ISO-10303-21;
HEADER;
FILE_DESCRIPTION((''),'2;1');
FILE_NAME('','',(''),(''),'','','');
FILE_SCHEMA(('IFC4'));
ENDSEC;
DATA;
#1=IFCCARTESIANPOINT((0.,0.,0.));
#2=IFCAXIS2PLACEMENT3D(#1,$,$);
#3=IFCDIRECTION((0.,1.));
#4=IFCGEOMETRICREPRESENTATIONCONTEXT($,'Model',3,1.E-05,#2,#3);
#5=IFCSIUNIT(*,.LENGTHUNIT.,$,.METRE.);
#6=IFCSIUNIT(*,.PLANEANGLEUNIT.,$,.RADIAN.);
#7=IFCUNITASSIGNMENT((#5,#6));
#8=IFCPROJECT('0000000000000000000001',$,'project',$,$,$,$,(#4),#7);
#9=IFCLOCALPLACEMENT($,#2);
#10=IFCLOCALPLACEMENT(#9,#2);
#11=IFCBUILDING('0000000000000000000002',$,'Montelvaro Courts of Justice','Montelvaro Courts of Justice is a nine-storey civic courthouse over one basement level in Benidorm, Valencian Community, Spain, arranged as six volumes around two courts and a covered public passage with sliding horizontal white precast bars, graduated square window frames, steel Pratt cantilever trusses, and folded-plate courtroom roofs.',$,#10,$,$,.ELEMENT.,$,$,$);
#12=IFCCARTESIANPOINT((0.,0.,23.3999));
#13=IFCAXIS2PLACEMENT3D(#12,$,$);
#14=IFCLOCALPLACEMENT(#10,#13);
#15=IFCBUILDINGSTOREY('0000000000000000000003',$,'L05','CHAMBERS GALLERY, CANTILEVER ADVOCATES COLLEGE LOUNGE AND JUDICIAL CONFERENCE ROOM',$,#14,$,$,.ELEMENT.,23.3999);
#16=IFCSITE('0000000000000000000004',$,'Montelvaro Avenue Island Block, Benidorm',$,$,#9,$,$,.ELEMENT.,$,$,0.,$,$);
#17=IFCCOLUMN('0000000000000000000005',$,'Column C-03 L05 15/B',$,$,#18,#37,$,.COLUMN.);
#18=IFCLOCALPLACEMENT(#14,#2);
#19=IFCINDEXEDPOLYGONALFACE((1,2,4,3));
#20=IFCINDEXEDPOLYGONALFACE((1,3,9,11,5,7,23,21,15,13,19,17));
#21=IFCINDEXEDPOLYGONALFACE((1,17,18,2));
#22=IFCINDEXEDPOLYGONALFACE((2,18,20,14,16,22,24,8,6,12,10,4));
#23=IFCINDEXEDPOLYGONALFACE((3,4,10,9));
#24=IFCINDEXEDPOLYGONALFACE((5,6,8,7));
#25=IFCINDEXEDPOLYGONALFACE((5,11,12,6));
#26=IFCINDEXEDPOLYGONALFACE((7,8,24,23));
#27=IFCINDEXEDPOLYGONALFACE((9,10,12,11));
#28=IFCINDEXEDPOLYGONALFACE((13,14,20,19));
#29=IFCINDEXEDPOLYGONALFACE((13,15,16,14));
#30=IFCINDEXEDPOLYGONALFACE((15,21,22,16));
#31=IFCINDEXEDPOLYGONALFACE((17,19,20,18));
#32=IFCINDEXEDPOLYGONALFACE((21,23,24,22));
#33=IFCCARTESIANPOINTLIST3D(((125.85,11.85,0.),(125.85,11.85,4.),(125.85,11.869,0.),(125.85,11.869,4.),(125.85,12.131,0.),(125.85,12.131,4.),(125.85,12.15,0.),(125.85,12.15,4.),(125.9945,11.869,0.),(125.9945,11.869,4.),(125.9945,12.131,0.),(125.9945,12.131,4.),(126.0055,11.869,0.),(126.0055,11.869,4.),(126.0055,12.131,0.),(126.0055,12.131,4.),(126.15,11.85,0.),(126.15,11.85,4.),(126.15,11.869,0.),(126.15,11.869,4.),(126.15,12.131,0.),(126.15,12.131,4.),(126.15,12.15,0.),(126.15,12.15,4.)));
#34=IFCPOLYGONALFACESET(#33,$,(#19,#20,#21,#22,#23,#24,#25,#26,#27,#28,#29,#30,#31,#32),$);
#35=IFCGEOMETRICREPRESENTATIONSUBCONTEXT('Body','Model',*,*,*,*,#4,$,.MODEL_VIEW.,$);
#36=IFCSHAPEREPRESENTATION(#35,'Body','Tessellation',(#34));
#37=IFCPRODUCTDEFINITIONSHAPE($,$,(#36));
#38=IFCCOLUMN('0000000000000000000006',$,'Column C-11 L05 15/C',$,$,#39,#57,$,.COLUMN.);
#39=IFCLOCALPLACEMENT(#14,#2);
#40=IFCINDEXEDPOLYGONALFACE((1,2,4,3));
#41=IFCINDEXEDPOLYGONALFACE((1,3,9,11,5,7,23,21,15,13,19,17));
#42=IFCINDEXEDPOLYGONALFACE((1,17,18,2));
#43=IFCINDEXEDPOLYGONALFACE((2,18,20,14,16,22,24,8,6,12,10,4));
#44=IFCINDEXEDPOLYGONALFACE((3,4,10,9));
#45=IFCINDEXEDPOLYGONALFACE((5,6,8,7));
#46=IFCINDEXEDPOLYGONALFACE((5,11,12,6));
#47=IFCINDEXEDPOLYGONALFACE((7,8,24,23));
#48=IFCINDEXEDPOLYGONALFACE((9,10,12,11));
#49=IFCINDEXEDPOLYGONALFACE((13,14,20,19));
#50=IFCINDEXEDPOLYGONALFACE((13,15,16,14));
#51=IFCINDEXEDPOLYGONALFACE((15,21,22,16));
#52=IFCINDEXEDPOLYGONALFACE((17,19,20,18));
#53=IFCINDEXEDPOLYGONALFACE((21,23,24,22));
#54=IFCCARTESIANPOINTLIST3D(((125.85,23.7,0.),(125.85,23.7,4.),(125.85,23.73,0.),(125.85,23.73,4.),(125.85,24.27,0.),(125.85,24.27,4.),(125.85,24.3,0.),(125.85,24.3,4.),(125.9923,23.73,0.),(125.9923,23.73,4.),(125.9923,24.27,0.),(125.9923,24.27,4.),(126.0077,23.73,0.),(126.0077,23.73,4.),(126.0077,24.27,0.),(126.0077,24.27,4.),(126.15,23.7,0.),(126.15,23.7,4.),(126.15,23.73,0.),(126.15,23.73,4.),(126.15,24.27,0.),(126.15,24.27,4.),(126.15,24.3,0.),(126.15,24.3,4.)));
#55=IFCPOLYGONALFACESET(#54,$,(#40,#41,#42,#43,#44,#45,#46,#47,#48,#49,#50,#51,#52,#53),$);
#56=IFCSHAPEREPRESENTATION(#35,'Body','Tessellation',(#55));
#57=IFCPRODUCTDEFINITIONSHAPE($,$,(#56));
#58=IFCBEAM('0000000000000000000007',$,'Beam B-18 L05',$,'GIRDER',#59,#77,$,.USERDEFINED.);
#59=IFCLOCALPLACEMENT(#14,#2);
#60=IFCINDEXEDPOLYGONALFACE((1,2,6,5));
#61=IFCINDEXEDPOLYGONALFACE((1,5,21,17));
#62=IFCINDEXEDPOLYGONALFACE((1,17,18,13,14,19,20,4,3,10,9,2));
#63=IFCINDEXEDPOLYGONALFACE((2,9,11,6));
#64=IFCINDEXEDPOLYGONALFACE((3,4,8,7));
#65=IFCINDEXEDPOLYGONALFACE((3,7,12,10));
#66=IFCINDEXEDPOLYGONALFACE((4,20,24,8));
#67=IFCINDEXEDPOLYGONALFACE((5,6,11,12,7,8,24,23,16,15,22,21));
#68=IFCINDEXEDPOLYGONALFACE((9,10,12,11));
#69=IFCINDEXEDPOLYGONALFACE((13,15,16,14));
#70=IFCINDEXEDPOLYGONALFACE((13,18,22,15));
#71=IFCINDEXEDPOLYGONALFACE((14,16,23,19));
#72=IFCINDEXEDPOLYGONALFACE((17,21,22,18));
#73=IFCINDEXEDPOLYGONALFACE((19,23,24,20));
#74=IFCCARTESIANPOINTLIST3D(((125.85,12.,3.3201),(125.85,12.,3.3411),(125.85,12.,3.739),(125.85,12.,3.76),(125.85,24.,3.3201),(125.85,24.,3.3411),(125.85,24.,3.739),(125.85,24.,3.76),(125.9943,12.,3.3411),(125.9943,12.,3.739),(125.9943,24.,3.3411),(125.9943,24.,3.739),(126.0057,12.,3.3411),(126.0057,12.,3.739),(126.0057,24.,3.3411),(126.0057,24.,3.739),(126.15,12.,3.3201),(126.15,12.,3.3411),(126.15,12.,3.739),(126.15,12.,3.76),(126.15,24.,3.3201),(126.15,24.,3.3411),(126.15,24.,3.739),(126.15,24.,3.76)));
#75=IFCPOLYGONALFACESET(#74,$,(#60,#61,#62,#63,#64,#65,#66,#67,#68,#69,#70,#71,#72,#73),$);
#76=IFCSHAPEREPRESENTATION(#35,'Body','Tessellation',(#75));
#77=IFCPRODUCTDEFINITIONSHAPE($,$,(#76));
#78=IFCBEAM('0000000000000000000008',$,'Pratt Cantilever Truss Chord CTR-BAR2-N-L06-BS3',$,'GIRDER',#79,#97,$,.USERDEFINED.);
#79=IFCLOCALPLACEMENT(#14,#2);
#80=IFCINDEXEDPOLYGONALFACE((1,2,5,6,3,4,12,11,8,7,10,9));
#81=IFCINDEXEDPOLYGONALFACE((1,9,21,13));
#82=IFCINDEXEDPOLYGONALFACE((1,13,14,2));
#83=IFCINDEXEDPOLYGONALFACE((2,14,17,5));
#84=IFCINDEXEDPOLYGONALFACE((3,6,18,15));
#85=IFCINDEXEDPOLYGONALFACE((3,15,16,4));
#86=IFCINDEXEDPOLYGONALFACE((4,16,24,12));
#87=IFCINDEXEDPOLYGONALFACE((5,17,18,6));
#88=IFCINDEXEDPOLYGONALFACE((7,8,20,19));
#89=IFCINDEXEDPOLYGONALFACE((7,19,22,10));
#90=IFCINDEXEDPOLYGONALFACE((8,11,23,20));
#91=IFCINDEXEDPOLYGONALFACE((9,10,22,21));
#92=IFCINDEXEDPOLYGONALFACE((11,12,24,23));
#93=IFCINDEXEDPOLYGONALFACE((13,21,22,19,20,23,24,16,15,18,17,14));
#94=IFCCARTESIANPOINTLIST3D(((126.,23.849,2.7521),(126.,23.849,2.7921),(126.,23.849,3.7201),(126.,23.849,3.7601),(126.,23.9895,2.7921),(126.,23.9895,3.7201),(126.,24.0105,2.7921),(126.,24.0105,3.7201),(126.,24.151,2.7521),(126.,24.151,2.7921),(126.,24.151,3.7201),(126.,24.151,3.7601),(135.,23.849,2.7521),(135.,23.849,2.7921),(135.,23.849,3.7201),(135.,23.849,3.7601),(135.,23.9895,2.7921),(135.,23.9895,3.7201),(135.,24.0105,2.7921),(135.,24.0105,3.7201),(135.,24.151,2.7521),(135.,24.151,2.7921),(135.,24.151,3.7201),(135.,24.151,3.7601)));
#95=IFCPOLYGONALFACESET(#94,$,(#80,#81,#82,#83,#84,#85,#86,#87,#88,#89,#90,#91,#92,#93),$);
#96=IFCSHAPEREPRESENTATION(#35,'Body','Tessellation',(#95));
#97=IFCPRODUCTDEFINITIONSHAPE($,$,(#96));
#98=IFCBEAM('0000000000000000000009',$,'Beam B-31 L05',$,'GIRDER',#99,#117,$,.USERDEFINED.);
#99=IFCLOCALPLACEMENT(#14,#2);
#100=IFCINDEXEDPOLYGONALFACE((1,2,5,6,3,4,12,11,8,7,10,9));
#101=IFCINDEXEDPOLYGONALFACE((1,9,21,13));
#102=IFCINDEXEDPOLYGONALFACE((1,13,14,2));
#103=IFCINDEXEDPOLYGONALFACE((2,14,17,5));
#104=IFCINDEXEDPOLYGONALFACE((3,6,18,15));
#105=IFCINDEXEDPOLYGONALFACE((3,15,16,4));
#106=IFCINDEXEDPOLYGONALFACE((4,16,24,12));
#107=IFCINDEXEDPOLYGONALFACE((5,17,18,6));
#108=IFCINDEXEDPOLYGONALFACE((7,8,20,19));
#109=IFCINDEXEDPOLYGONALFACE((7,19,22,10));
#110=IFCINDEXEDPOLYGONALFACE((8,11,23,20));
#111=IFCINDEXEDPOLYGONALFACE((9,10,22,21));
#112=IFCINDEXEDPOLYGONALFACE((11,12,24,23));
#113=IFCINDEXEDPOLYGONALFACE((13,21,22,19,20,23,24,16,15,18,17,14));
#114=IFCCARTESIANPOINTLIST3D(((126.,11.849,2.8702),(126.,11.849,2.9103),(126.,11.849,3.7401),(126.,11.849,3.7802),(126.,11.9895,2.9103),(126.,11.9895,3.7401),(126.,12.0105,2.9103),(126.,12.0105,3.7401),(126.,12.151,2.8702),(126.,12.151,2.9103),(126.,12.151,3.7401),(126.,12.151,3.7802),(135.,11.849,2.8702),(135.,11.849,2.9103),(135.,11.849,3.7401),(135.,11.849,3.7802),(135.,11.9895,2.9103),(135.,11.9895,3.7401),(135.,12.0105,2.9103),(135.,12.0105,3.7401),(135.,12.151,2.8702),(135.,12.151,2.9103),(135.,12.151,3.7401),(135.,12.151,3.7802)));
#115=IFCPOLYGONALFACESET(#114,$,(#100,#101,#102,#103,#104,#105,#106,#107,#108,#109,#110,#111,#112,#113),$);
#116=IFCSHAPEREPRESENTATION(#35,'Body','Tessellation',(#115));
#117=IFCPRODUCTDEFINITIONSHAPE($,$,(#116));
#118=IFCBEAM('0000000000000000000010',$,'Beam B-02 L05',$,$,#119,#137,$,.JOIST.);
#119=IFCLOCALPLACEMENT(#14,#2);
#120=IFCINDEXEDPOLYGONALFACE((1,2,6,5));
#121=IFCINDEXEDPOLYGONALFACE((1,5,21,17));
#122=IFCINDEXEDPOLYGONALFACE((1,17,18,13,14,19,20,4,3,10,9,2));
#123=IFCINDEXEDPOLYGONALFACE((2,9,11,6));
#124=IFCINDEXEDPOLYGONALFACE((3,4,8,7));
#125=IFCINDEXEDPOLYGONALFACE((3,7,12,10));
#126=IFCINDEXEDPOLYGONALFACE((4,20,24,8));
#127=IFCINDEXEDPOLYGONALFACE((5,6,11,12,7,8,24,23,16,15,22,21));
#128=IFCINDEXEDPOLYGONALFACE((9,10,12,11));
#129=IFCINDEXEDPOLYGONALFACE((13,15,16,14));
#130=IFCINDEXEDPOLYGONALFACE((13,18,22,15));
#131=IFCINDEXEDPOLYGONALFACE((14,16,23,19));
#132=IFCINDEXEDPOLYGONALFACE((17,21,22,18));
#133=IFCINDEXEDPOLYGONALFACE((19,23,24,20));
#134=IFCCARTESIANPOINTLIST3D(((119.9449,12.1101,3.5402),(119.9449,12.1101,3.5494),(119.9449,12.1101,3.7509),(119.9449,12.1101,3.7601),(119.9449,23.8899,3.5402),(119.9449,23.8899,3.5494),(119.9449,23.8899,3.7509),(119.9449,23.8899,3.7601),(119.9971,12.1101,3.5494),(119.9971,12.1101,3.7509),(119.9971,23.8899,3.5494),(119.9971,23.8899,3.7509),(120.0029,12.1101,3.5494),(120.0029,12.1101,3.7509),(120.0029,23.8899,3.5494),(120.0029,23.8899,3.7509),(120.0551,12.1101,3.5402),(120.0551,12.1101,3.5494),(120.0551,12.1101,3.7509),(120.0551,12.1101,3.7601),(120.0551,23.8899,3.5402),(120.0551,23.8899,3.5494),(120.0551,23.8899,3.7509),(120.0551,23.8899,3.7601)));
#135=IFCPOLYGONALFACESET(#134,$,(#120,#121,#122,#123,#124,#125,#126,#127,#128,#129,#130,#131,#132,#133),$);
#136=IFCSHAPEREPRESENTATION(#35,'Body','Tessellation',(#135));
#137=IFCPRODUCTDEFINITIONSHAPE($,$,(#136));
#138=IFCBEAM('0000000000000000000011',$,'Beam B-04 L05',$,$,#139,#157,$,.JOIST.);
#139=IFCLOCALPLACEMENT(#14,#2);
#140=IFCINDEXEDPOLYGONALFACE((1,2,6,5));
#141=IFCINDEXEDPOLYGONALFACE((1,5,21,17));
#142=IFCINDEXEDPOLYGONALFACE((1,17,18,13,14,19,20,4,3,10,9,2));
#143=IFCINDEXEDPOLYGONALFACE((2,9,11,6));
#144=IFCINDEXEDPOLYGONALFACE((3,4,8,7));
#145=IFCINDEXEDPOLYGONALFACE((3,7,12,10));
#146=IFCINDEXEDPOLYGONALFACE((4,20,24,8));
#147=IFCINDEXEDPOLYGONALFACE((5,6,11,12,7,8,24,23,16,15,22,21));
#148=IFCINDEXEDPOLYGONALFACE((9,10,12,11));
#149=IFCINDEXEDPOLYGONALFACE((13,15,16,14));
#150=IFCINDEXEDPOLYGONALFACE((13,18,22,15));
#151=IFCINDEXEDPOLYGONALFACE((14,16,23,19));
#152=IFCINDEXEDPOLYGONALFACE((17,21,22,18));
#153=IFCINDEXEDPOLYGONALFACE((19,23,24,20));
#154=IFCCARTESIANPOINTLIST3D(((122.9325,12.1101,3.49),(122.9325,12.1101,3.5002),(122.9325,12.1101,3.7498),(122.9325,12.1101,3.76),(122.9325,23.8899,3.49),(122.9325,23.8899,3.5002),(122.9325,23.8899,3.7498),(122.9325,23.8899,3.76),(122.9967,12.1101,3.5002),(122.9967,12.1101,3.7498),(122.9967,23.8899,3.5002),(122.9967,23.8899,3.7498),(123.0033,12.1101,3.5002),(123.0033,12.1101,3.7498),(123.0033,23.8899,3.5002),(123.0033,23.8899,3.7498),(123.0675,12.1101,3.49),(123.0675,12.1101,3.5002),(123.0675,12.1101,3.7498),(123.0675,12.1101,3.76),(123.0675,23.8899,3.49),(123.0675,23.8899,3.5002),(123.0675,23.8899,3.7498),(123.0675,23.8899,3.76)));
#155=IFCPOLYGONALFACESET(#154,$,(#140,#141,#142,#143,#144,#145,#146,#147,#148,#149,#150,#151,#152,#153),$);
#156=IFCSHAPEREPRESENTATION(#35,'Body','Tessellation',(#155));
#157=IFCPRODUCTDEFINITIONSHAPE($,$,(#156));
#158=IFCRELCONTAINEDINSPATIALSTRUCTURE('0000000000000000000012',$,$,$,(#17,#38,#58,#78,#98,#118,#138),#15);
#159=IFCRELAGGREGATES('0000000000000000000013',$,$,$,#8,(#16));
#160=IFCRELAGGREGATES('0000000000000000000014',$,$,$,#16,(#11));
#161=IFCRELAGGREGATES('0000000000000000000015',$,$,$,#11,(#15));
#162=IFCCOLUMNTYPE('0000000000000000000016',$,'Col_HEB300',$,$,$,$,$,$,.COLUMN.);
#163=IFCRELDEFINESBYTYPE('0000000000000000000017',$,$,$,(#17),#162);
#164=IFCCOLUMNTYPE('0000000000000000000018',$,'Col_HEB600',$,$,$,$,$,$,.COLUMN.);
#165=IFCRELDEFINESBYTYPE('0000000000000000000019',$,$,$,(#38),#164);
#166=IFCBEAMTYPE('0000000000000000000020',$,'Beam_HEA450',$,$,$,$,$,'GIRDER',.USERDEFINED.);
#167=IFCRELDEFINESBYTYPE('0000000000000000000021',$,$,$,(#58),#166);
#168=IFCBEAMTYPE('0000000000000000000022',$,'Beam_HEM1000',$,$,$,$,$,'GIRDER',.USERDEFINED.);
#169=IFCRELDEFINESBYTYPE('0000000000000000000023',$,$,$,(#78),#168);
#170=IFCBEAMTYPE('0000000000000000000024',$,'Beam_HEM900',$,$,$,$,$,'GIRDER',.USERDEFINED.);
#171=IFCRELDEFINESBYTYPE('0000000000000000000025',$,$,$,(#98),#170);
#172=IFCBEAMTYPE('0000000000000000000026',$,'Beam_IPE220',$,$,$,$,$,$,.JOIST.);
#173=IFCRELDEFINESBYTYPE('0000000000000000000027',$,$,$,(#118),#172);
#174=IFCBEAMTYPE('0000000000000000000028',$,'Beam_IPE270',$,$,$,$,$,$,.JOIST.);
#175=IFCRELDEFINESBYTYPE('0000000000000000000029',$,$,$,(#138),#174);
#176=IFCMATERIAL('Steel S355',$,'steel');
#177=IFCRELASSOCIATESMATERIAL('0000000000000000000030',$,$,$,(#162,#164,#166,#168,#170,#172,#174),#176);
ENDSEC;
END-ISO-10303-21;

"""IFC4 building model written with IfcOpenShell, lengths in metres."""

from ifc_helpers import new_model, si_unit, direction, frame, origin, origin_2d, place, context, subcontext, project, spatial, i_section, extrude, material, material_profile, profile_set, type_object, element, save


model = new_model("IFC4")

# Units and contexts
model_context = context("Model", 3, precision=1e-05, world=origin(), true_north=direction((0.0, 1.0)))
body_context = subcontext(model_context, "Body", "Model", "MODEL_VIEW")
ifc_project = project(units=[si_unit("LENGTHUNIT", "METRE"), si_unit("PLANEANGLEUNIT", "RADIAN")], contexts=[model_context])

# Site, building, storey
site_placement = place(None, origin())
site = spatial("IfcSite", under=ifc_project, at=site_placement, Name="Montelvaro Avenue Island Block, Benidorm", CompositionType="ELEMENT", RefElevation=0.0)
building_placement = place(site_placement, origin())
building = spatial("IfcBuilding", under=site, at=building_placement, Name="Montelvaro Courts of Justice", Description="Montelvaro Courts of Justice is a nine-storey civic courthouse over one basement level in Benidorm, Valencian Community, Spain, arranged as six volumes around two courts and a covered public passage with sliding horizontal white precast bars, graduated square window frames, steel Pratt cantilever trusses, and folded-plate courtroom roofs.", CompositionType="ELEMENT")
storey_placement = place(building_placement, frame((0.0, 0.0, 23.3999)))
storey = spatial("IfcBuildingStorey", under=building, at=storey_placement, Name="L05", Description="CHAMBERS GALLERY, CANTILEVER ADVOCATES COLLEGE LOUNGE AND JUDICIAL CONFERENCE ROOM", CompositionType="ELEMENT", Elevation=23.3999)

# Columns
ifc_material_1 = material(Name="Steel S355", Category="steel")
ifc_material_profile_1 = material_profile(ifc_material_1, i_section(OverallWidth=0.3, OverallDepth=0.3, WebThickness=0.011, FlangeThickness=0.019, at=origin_2d()), Name="HEB 300")
ifc_profile_set_1 = profile_set([ifc_material_profile_1], Name="Steel S355")
column_type_1 = type_object("IfcColumnType", Name="Col_HEB300", PredefinedType="COLUMN", material=ifc_profile_set_1)
column_1_placement = place(storey_placement, frame((126.0, 12.0, 0.0), z_axis=(0.0, 0.0, 1.0), x_axis=(1.0, 0.0, 0.0)))
element("IfcColumn", 1, at=column_1_placement, inside=storey, type_object=column_type_1, Name="Column C-03 L05 15/B", PredefinedType="COLUMN", context=body_context, shape_type="SweptSolid", body=[
    extrude(i_section(OverallWidth=0.3, OverallDepth=0.3, WebThickness=0.011, FlangeThickness=0.019, at=origin_2d()), origin(), (0.0, 0.0, 1.0), 4.0),
])
ifc_material_profile_2 = material_profile(ifc_material_1, i_section(OverallWidth=0.3, OverallDepth=0.6001, WebThickness=0.0154, FlangeThickness=0.03, at=origin_2d()), Name="HEB 600")
ifc_profile_set_2 = profile_set([ifc_material_profile_2], Name="Steel S355")
column_type_2 = type_object("IfcColumnType", Name="Col_HEB600", PredefinedType="COLUMN", material=ifc_profile_set_2)
column_2_placement = place(storey_placement, frame((126.0, 24.0, 0.0), z_axis=(0.0, 0.0, 1.0), x_axis=(1.0, 0.0, 0.0)))
element("IfcColumn", 2, at=column_2_placement, inside=storey, type_object=column_type_2, Name="Column C-11 L05 15/C", PredefinedType="COLUMN", context=body_context, shape_type="SweptSolid", body=[
    extrude(i_section(OverallWidth=0.3, OverallDepth=0.6001, WebThickness=0.0154, FlangeThickness=0.03, at=origin_2d()), origin(), (0.0, 0.0, 1.0), 4.0),
])

# Beams
ifc_material_profile_3 = material_profile(ifc_material_1, i_section(OverallWidth=0.3, OverallDepth=0.4399, WebThickness=0.0115, FlangeThickness=0.021, at=origin_2d()), Name="HEA 450")
ifc_profile_set_3 = profile_set([ifc_material_profile_3], Name="Steel S355")
beam_type_1 = type_object("IfcBeamType", Name="Beam_HEA450", ElementType="GIRDER", PredefinedType="USERDEFINED", material=ifc_profile_set_3)
beam_1_placement = place(storey_placement, frame((126.0, 12.0, 3.54), z_axis=(0.0, 1.0, 0.0), x_axis=(-1.0, 0.0, 0.0)))
element("IfcBeam", 3, at=beam_1_placement, inside=storey, type_object=beam_type_1, Name="Beam B-18 L05", ObjectType="GIRDER", PredefinedType="USERDEFINED", context=body_context, shape_type="SweptSolid", body=[
    extrude(i_section(OverallWidth=0.3, OverallDepth=0.4399, WebThickness=0.0115, FlangeThickness=0.021, at=origin_2d()), origin(), (0.0, 0.0, 1.0), 12.0),
])
ifc_material_profile_4 = material_profile(ifc_material_1, i_section(OverallWidth=0.302, OverallDepth=1.0081, WebThickness=0.021, FlangeThickness=0.04, at=origin_2d()), Name="HEM 1000")
ifc_profile_set_4 = profile_set([ifc_material_profile_4], Name="Steel S355")
beam_type_2 = type_object("IfcBeamType", Name="Beam_HEM1000", ElementType="GIRDER", PredefinedType="USERDEFINED", material=ifc_profile_set_4)
beam_2_placement = place(storey_placement, frame((126.0, 24.0, 3.2561), z_axis=(1.0, 0.0, 0.0), x_axis=(0.0, 1.0, 0.0)))
element("IfcBeam", 4, at=beam_2_placement, inside=storey, type_object=beam_type_2, Name="Pratt Cantilever Truss Chord CTR-BAR2-N-L06-BS3", ObjectType="GIRDER", PredefinedType="USERDEFINED", context=body_context, shape_type="SweptSolid", body=[
    extrude(i_section(OverallWidth=0.302, OverallDepth=1.0081, WebThickness=0.021, FlangeThickness=0.04, at=origin_2d()), origin(), (0.0, 0.0, 1.0), 9.0),
])
ifc_material_profile_5 = material_profile(ifc_material_1, i_section(OverallWidth=0.302, OverallDepth=0.9099, WebThickness=0.021, FlangeThickness=0.04, at=origin_2d()), Name="HEM 900")
ifc_profile_set_5 = profile_set([ifc_material_profile_5], Name="Steel S355")
beam_type_3 = type_object("IfcBeamType", Name="Beam_HEM900", ElementType="GIRDER", PredefinedType="USERDEFINED", material=ifc_profile_set_5)
beam_3_placement = place(storey_placement, frame((126.0, 12.0, 3.3252), z_axis=(1.0, 0.0, 0.0), x_axis=(0.0, 1.0, 0.0)))
element("IfcBeam", 5, at=beam_3_placement, inside=storey, type_object=beam_type_3, Name="Beam B-31 L05", ObjectType="GIRDER", PredefinedType="USERDEFINED", context=body_context, shape_type="SweptSolid", body=[
    extrude(i_section(OverallWidth=0.302, OverallDepth=0.9099, WebThickness=0.021, FlangeThickness=0.04, at=origin_2d()), origin(), (0.0, 0.0, 1.0), 9.0),
])
ifc_material_profile_6 = material_profile(ifc_material_1, i_section(OverallWidth=0.1101, OverallDepth=0.22, WebThickness=0.0059, FlangeThickness=0.0093, at=origin_2d()), Name="IPE 220")
ifc_profile_set_6 = profile_set([ifc_material_profile_6], Name="Steel S355")
beam_type_4 = type_object("IfcBeamType", Name="Beam_IPE220", PredefinedType="JOIST", material=ifc_profile_set_6)
beam_4_placement = place(storey_placement, frame((120.0, 12.1101, 3.6501), z_axis=(0.0, 1.0, 0.0), x_axis=(-1.0, 0.0, 0.0)))
element("IfcBeam", 6, at=beam_4_placement, inside=storey, type_object=beam_type_4, Name="Beam B-02 L05", PredefinedType="JOIST", context=body_context, shape_type="SweptSolid", body=[
    extrude(i_section(OverallWidth=0.1101, OverallDepth=0.22, WebThickness=0.0059, FlangeThickness=0.0093, at=origin_2d()), origin(), (0.0, 0.0, 1.0), 11.7798),
])
ifc_material_profile_7 = material_profile(ifc_material_1, i_section(OverallWidth=0.135, OverallDepth=0.27, WebThickness=0.0066, FlangeThickness=0.0103, at=origin_2d()), Name="IPE 270")
ifc_profile_set_7 = profile_set([ifc_material_profile_7], Name="Steel S355")
beam_type_5 = type_object("IfcBeamType", Name="Beam_IPE270", PredefinedType="JOIST", material=ifc_profile_set_7)
beam_5_placement = place(storey_placement, frame((123.0, 12.1101, 3.625), z_axis=(0.0, 1.0, 0.0), x_axis=(-1.0, 0.0, 0.0)))
element("IfcBeam", 7, at=beam_5_placement, inside=storey, type_object=beam_type_5, Name="Beam B-04 L05", PredefinedType="JOIST", context=body_context, shape_type="SweptSolid", body=[
    extrude(i_section(OverallWidth=0.135, OverallDepth=0.27, WebThickness=0.0066, FlangeThickness=0.0103, at=origin_2d()), origin(), (0.0, 0.0, 1.0), 11.7798),
])

save(model, "model.ifc")
